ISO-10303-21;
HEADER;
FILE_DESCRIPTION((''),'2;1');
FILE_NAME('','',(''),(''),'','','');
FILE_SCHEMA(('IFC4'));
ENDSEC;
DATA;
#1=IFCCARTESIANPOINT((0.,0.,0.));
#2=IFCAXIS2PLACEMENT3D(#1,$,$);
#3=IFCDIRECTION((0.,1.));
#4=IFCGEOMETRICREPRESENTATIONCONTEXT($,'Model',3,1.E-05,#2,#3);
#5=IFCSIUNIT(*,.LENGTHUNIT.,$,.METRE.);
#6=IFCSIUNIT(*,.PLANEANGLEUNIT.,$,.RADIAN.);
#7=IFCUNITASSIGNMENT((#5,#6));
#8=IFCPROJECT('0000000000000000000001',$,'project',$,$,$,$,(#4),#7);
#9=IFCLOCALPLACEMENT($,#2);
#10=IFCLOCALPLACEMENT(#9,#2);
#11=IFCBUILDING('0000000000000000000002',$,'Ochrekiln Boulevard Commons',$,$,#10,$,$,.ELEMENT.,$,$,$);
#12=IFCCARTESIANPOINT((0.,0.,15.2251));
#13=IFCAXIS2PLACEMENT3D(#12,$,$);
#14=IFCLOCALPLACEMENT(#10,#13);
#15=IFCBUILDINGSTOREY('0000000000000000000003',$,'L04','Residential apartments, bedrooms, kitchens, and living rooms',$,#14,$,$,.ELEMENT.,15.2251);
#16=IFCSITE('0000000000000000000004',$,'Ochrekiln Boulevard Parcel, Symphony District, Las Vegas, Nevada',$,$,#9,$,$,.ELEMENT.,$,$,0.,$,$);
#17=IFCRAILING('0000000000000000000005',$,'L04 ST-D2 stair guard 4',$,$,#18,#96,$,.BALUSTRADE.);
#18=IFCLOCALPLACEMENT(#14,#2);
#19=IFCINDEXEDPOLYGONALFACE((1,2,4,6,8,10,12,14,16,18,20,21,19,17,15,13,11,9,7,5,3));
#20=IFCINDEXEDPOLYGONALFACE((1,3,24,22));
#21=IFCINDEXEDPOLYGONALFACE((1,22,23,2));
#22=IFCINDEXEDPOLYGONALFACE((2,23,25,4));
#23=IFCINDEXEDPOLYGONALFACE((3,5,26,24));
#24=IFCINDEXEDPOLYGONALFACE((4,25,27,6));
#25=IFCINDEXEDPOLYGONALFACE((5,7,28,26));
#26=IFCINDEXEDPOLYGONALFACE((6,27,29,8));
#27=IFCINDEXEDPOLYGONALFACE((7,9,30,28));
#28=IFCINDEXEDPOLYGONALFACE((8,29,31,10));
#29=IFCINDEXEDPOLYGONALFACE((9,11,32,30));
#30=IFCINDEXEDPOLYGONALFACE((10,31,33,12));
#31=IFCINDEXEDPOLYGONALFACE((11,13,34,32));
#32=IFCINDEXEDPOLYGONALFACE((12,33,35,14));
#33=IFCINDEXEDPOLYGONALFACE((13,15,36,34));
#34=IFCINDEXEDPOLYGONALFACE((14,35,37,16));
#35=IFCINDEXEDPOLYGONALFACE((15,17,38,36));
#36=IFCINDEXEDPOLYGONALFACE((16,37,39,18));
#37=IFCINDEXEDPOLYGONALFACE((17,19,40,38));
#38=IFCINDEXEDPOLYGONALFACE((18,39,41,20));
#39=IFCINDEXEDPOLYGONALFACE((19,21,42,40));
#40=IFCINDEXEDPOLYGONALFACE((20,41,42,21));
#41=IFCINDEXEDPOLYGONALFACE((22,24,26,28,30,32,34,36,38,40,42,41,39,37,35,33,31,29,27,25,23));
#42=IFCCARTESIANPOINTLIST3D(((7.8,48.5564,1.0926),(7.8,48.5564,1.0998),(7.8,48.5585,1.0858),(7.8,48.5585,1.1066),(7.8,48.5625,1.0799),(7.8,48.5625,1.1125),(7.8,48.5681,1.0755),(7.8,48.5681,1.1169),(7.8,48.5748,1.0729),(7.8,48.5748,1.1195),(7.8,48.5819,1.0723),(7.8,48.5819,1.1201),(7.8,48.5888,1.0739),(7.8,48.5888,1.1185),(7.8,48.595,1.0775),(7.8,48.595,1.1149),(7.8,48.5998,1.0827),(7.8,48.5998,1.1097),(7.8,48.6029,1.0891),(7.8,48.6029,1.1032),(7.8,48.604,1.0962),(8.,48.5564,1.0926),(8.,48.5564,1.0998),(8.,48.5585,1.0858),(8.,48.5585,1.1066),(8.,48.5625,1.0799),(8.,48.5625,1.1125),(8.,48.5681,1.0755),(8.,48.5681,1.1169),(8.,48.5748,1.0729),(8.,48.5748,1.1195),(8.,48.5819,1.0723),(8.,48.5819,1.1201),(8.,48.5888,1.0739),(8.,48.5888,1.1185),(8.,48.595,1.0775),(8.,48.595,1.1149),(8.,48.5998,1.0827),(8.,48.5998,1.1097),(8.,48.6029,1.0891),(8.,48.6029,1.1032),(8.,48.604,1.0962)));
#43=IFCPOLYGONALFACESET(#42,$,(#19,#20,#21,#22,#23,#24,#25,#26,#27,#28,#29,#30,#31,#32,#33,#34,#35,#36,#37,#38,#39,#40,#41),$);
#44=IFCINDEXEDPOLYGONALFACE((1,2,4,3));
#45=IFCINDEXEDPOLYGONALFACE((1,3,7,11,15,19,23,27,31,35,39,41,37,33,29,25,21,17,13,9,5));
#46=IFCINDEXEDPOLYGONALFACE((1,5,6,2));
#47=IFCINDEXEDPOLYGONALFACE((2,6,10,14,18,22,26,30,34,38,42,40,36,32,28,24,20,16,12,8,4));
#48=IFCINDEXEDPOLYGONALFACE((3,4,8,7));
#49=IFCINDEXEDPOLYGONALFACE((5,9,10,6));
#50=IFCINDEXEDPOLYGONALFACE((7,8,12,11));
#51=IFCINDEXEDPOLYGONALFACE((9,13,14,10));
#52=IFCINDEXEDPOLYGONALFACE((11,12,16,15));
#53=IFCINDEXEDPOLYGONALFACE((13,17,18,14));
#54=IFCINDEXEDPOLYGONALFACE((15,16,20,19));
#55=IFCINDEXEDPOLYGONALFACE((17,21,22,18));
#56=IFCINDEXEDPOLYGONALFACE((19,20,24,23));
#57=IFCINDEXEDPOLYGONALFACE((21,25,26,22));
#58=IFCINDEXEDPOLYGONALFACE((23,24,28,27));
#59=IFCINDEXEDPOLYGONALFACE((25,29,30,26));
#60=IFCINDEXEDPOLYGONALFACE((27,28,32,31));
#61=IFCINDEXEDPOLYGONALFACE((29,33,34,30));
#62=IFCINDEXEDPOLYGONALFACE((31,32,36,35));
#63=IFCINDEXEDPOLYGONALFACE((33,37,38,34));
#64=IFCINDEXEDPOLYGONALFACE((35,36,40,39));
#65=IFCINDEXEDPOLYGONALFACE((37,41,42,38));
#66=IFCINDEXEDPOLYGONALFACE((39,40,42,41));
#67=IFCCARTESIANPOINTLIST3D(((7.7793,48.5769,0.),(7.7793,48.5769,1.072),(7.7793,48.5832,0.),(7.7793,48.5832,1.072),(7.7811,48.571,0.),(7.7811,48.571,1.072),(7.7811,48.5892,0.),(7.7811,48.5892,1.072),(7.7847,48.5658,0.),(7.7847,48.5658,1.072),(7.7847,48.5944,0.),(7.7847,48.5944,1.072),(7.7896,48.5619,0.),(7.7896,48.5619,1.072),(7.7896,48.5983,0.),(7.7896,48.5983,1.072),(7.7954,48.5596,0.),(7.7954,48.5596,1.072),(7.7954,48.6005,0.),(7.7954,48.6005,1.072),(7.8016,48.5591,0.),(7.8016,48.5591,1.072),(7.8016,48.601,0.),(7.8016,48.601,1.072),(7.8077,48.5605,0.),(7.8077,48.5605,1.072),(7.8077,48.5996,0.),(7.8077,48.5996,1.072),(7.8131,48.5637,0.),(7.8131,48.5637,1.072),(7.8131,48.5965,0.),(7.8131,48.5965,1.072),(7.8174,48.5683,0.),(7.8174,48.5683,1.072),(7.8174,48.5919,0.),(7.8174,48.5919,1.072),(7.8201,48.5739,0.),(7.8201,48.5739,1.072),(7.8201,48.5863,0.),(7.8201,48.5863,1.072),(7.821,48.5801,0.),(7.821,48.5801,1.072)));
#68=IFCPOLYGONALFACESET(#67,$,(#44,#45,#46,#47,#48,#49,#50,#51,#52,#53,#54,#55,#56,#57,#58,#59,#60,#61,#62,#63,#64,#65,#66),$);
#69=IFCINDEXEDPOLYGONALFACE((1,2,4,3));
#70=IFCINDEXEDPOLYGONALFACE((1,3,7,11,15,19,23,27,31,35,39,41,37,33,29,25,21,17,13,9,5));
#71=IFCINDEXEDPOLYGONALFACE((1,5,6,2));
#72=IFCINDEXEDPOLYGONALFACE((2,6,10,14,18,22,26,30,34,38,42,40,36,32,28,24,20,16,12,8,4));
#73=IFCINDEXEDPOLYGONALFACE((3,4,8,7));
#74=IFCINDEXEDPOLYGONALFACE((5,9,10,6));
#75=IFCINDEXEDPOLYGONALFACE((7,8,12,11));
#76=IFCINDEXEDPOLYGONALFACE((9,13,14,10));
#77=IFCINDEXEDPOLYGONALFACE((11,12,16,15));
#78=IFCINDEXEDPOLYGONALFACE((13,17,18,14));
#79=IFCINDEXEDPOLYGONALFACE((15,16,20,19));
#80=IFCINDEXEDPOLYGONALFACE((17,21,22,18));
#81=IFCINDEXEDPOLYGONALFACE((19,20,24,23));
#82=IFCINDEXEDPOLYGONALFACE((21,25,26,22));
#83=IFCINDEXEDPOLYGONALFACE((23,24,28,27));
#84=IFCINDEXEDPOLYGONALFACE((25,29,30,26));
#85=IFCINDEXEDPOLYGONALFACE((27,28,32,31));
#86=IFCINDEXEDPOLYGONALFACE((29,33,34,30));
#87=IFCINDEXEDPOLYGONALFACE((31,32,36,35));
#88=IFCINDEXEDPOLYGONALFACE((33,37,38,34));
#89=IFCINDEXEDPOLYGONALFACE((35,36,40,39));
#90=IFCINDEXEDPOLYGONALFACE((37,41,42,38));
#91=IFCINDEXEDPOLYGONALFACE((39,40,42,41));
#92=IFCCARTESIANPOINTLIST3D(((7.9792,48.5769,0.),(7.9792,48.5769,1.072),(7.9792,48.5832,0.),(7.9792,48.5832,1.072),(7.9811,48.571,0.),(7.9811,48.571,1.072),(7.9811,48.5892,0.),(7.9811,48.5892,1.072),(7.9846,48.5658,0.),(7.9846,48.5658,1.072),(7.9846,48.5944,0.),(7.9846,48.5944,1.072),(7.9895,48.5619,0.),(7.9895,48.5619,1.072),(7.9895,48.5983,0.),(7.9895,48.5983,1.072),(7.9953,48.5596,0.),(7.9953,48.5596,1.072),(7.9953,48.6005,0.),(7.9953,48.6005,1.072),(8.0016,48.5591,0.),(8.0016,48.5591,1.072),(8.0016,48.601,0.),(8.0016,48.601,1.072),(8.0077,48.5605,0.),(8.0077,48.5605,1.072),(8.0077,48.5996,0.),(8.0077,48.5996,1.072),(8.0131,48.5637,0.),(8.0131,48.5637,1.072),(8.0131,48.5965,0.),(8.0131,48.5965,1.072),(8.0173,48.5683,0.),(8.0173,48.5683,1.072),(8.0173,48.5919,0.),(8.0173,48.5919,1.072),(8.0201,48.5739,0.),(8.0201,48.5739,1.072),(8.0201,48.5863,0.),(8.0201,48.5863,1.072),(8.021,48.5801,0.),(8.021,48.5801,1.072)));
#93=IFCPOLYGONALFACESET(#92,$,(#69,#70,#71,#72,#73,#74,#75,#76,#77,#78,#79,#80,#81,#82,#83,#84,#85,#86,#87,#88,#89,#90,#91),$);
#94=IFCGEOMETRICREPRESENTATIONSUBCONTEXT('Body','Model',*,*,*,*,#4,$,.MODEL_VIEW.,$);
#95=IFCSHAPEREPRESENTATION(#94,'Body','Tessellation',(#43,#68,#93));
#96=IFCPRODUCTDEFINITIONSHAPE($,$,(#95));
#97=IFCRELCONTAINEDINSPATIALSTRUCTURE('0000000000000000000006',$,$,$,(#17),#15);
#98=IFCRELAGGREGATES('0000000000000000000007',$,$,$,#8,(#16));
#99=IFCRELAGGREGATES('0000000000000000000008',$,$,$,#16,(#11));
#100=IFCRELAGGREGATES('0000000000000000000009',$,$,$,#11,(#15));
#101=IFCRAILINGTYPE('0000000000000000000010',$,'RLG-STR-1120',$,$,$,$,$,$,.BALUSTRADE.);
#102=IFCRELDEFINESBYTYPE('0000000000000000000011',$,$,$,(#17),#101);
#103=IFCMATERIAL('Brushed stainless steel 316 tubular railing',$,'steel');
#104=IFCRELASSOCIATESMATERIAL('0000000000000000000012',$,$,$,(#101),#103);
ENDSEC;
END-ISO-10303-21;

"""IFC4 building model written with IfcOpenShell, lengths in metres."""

from ifc_helpers import new_model, si_unit, direction, frame, origin, origin_2d, place, context, subcontext, project, spatial, circle, extrude, material, type_object, element, save


model = new_model("IFC4")

# Units and contexts
model_context = context("Model", 3, precision=1e-05, world=origin(), true_north=direction((0.0, 1.0)))
body_context = subcontext(model_context, "Body", "Model", "MODEL_VIEW")
ifc_project = project(units=[si_unit("LENGTHUNIT", "METRE"), si_unit("PLANEANGLEUNIT", "RADIAN")], contexts=[model_context])

# Site, building, storey
site_placement = place(None, origin())
site = spatial("IfcSite", under=ifc_project, at=site_placement, Name="Ochrekiln Boulevard Parcel, Symphony District, Las Vegas, Nevada", CompositionType="ELEMENT", RefElevation=0.0)
building_placement = place(site_placement, origin())
building = spatial("IfcBuilding", under=site, at=building_placement, Name="Ochrekiln Boulevard Commons", CompositionType="ELEMENT")
storey_placement = place(building_placement, frame((0.0, 0.0, 15.2251)))
storey = spatial("IfcBuildingStorey", under=building, at=storey_placement, Name="L04", Description="Residential apartments, bedrooms, kitchens, and living rooms", CompositionType="ELEMENT", Elevation=15.2251)

# Railing
ifc_material_1 = material(Name="Brushed stainless steel 316 tubular railing", Category="steel")
railing_type_1 = type_object("IfcRailingType", Name="RLG-STR-1120", PredefinedType="BALUSTRADE", material=ifc_material_1)
railing_1_placement = place(storey_placement, frame((7.8, 48.5801, 0.0)))
element("IfcRailing", 1, at=railing_1_placement, inside=storey, type_object=railing_type_1, Name="L04 ST-D2 stair guard 4", PredefinedType="BALUSTRADE", context=body_context, shape_type="SweptSolid", body=[
    extrude(circle(Radius=0.0239, at=origin_2d()), frame((0.0, 0.0, 1.0962), z_axis=(1.0, 0.0, 0.0), x_axis=(0.0, 1.0, 0.0)), (0.0, 0.0, 1.0), 0.2),
    extrude(circle(Radius=0.021, at=origin_2d()), origin(), (0.0, 0.0, 1.0), 1.072),
    extrude(circle(Radius=0.021, at=origin_2d()), frame((0.2, 0.0, 0.0)), (0.0, 0.0, 1.0), 1.072),
])

save(model, "model.ifc")
